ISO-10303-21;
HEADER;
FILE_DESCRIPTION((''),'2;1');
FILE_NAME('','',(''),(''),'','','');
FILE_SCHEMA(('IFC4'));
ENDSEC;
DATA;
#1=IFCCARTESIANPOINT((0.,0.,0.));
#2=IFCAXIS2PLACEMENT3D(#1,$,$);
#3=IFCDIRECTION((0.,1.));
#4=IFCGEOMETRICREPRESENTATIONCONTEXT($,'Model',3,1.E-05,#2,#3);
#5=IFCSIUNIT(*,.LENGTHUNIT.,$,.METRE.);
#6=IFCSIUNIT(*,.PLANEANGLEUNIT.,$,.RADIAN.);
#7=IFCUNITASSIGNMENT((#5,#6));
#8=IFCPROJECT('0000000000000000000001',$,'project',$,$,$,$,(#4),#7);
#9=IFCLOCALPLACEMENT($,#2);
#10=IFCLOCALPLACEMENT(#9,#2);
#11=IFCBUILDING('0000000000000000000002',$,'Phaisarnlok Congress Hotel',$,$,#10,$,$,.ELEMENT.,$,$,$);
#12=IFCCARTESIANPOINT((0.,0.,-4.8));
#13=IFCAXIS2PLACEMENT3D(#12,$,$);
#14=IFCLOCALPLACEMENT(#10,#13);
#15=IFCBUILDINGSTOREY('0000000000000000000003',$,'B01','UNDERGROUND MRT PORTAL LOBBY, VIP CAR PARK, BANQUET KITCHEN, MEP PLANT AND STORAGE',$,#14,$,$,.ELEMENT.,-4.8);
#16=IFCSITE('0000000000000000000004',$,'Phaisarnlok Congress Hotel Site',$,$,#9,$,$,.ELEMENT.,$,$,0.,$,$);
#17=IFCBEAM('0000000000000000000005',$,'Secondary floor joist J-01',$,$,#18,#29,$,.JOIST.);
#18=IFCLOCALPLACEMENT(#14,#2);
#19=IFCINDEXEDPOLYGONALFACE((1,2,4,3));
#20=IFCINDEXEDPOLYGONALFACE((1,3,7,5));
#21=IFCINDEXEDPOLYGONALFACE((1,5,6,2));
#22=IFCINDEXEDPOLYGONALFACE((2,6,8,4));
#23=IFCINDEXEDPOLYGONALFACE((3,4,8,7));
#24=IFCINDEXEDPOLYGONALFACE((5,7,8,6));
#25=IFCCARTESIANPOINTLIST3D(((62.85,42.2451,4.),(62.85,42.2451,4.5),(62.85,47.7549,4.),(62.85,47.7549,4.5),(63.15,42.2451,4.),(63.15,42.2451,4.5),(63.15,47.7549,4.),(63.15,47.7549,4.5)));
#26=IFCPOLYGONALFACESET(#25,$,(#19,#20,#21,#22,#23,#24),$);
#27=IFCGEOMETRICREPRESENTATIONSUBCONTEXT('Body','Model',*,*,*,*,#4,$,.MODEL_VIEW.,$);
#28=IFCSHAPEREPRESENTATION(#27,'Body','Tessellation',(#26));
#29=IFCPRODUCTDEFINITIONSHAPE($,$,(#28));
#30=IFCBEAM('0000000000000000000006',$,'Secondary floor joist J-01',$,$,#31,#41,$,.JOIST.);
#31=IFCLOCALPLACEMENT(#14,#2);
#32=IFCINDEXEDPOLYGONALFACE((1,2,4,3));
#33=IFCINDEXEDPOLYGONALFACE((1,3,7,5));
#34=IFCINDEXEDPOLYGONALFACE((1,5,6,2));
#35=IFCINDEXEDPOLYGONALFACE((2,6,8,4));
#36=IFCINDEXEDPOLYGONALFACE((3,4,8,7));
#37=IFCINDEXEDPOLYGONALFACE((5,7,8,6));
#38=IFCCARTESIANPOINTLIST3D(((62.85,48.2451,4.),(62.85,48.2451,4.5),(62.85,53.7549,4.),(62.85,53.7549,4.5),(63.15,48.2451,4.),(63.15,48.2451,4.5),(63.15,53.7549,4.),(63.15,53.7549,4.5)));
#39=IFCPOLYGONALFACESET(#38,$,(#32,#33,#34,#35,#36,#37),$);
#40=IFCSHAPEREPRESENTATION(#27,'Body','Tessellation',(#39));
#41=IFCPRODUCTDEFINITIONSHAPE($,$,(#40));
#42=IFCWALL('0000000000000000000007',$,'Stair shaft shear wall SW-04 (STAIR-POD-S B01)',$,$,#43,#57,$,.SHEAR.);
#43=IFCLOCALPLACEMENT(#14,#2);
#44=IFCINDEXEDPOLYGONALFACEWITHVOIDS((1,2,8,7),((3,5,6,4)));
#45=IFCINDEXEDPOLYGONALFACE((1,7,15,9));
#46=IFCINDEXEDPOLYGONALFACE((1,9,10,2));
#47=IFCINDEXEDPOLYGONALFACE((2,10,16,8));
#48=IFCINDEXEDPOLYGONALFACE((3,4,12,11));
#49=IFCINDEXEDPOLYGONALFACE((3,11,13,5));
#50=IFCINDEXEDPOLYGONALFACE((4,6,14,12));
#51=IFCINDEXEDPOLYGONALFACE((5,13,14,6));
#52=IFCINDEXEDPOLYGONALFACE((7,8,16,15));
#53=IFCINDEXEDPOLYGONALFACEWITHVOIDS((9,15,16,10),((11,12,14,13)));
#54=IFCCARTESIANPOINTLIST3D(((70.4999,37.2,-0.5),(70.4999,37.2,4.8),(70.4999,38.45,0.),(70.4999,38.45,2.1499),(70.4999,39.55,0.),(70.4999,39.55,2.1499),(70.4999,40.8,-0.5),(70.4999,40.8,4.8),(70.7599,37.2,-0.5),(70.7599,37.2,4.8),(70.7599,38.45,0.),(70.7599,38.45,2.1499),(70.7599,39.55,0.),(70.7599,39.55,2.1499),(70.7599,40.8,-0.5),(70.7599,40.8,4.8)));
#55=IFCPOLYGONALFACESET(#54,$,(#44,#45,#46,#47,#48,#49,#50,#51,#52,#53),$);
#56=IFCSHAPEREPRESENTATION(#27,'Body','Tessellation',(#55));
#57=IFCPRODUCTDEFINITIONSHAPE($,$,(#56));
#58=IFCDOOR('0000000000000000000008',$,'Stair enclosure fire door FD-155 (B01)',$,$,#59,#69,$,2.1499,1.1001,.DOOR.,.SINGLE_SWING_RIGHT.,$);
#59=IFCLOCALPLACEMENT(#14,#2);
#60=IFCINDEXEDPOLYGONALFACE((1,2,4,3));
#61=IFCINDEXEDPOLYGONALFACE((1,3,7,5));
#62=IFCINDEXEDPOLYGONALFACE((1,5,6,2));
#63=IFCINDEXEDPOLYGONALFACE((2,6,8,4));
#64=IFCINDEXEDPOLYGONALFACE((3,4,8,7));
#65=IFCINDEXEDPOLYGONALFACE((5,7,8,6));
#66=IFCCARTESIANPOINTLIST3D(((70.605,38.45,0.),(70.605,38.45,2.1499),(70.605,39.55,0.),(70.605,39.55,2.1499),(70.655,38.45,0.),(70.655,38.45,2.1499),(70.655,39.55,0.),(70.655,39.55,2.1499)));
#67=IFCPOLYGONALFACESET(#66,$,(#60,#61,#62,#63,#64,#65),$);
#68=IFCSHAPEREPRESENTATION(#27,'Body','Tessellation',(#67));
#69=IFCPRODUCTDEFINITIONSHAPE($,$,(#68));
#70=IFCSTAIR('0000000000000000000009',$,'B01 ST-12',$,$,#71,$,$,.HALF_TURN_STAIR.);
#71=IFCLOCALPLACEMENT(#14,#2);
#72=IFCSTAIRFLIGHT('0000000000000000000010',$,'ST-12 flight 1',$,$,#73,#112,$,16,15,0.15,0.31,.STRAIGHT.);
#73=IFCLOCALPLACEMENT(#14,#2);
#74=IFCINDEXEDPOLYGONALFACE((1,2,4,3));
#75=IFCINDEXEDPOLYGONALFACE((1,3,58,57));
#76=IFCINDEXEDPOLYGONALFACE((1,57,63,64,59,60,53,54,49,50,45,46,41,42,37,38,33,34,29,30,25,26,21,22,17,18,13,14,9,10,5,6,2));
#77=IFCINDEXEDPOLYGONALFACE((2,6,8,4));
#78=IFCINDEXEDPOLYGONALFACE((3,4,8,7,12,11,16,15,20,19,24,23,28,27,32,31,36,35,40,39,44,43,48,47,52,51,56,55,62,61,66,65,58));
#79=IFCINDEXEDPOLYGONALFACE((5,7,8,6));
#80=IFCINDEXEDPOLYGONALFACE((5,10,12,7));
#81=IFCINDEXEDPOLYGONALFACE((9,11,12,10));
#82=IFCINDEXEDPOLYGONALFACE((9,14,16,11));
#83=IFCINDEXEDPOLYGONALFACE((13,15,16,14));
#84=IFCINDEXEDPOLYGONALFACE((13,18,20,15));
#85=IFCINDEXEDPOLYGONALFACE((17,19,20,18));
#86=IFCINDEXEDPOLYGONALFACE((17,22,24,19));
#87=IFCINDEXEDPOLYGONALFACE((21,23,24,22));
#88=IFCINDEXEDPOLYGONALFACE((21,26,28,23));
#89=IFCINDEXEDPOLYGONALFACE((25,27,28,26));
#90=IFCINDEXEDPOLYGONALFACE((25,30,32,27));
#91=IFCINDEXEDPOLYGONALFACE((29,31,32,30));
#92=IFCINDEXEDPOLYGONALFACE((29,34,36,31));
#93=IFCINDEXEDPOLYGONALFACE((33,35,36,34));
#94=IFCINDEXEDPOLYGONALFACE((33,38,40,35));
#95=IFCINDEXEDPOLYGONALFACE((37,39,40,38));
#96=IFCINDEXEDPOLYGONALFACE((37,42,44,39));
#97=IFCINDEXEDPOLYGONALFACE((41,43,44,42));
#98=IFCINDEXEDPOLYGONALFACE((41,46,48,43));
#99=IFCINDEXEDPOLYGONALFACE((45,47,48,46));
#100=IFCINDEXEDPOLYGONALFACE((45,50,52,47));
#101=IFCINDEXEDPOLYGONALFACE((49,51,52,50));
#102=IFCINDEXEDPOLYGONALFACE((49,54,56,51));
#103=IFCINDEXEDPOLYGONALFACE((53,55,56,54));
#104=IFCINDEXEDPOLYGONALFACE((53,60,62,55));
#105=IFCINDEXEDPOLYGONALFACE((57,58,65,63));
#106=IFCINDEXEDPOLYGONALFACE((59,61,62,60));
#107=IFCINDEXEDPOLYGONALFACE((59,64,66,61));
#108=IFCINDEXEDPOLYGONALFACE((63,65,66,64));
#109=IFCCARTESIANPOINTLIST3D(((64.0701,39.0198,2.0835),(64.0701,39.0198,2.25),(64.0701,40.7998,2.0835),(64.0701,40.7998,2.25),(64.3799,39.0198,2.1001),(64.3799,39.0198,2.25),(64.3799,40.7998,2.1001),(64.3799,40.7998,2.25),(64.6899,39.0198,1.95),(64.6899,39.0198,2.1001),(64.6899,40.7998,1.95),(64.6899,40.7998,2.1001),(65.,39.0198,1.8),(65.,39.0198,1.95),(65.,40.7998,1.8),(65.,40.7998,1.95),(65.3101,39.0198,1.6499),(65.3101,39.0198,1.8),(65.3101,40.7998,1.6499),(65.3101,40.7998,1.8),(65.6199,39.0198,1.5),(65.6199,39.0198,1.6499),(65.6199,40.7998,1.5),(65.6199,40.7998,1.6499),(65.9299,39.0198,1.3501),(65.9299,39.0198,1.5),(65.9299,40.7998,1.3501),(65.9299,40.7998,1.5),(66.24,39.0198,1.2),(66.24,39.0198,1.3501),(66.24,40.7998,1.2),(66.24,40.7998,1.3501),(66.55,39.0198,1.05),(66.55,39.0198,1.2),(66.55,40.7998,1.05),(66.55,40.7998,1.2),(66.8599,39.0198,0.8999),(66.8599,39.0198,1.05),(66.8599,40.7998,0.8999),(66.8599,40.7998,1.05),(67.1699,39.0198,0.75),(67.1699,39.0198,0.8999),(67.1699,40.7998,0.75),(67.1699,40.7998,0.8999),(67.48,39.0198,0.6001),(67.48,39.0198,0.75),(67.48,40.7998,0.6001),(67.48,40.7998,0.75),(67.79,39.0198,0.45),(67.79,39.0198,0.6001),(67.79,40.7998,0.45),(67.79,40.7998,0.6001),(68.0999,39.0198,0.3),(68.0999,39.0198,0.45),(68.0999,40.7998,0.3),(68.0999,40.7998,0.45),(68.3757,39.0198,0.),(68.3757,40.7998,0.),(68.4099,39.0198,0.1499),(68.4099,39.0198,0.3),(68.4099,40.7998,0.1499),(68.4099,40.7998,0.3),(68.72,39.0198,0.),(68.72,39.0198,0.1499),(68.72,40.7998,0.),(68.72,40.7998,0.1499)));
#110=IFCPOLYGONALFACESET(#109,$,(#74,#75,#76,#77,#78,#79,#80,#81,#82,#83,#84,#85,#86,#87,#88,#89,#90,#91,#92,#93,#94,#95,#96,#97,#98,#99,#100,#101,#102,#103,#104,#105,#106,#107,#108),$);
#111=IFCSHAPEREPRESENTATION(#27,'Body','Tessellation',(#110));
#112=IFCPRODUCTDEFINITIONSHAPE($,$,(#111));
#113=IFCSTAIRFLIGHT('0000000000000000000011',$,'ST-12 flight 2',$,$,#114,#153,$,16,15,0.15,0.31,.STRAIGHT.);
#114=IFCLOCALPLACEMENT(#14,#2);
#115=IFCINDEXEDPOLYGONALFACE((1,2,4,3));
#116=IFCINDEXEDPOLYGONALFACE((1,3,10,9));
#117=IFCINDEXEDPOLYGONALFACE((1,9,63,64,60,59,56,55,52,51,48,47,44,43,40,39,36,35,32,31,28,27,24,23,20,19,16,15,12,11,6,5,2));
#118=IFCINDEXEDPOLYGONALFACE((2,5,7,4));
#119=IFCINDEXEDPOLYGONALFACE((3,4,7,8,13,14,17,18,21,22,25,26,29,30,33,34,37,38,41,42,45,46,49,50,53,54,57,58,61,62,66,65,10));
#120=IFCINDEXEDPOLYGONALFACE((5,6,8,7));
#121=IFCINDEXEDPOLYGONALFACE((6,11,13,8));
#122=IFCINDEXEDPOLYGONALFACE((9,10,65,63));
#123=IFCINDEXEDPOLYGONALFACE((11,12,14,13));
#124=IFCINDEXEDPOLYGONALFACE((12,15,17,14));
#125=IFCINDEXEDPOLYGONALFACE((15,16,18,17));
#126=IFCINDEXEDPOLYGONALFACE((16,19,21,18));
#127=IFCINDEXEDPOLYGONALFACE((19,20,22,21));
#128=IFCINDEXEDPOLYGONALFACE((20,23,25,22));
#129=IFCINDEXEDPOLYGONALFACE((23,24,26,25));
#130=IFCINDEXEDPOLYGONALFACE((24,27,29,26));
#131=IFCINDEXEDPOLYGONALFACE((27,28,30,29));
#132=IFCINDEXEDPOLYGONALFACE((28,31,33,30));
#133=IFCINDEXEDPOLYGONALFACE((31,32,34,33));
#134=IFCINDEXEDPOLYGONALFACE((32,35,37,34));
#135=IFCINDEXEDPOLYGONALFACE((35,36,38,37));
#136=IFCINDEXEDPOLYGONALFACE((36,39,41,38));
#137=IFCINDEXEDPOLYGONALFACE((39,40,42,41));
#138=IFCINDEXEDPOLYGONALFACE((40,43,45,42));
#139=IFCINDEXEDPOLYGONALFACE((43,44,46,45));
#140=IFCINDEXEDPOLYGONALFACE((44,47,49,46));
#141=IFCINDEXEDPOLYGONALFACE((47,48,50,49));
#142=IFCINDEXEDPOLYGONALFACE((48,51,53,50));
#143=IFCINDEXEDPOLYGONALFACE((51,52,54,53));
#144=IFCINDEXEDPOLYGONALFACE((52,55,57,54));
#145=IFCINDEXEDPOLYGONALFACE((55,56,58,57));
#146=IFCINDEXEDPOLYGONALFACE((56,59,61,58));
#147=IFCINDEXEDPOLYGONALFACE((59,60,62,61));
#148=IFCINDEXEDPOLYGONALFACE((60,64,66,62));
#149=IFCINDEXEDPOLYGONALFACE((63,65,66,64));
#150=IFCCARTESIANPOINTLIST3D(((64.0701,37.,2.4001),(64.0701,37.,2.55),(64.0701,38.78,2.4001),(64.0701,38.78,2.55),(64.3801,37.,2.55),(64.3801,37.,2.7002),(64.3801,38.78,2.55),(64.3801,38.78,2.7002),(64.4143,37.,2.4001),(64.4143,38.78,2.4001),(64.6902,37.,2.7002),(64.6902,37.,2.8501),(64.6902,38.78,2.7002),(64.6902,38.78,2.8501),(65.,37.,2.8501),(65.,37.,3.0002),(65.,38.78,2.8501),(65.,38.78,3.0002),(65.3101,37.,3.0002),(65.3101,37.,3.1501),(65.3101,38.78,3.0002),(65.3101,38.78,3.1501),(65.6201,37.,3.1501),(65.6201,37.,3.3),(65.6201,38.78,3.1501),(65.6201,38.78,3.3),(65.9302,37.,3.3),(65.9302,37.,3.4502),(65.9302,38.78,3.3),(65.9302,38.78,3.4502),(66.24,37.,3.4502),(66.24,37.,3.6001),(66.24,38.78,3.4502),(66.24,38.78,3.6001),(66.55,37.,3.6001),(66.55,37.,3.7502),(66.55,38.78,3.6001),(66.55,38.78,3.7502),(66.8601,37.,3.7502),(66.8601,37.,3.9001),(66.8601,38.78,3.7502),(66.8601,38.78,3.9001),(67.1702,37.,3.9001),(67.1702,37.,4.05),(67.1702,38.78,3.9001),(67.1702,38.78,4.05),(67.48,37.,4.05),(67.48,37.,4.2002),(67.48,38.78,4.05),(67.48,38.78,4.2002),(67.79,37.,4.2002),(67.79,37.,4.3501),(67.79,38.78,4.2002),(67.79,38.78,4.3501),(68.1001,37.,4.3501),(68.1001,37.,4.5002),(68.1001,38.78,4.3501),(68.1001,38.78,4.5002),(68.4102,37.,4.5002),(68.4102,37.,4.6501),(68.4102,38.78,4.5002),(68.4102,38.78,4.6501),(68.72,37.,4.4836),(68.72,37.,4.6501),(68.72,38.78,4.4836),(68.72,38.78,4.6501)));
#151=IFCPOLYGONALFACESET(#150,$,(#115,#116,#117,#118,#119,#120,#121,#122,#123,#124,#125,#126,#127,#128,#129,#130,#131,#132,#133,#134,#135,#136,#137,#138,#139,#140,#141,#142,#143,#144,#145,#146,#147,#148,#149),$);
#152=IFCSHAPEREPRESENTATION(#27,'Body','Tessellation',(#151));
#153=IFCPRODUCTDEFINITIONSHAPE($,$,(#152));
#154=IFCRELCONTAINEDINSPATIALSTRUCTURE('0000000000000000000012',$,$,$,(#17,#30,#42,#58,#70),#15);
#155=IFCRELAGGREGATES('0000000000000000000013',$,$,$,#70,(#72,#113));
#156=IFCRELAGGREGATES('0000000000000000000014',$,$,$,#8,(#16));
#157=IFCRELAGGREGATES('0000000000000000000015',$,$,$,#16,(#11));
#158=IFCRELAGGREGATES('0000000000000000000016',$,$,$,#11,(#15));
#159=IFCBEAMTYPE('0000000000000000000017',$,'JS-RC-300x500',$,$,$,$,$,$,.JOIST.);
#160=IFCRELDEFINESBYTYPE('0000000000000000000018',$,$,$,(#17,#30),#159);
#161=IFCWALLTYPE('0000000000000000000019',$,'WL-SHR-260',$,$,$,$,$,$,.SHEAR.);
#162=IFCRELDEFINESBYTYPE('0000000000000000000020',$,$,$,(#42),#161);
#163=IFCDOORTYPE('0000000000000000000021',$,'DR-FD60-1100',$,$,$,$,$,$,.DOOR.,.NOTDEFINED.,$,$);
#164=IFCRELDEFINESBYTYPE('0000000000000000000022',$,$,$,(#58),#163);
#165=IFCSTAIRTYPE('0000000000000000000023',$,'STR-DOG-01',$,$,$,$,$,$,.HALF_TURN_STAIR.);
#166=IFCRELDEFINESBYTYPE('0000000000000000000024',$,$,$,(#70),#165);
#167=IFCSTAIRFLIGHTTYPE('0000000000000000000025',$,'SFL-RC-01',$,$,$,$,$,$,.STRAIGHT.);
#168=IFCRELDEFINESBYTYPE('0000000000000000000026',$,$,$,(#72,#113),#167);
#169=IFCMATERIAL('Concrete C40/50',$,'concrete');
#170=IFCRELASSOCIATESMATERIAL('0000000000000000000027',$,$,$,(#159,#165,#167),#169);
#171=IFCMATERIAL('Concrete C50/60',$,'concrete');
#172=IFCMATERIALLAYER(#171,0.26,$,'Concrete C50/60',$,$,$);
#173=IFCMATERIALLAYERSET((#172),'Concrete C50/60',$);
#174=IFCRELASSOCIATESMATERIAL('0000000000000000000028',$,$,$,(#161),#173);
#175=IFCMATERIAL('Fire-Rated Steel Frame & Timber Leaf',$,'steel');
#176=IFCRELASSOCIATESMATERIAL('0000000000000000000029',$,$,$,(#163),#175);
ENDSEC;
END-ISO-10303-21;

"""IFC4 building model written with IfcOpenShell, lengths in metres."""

from ifc_helpers import new_model, si_unit, direction, frame, frame_2d, origin, origin_2d, place, context, subcontext, project, spatial, polyline, rectangle, outline, extrude, material, layer, layer_set, material_profile, profile_set, type_object, element, fill, aggregate, save


model = new_model("IFC4")

# Units and contexts
model_context = context("Model", 3, precision=1e-05, world=origin(), true_north=direction((0.0, 1.0)))
body_context = subcontext(model_context, "Body", "Model", "MODEL_VIEW")
ifc_project = project(units=[si_unit("LENGTHUNIT", "METRE"), si_unit("PLANEANGLEUNIT", "RADIAN")], contexts=[model_context])

# Site, building, storey
site_placement = place(None, origin())
site = spatial("IfcSite", under=ifc_project, at=site_placement, Name="Phaisarnlok Congress Hotel Site", CompositionType="ELEMENT", RefElevation=0.0)
building_placement = place(site_placement, origin())
building = spatial("IfcBuilding", under=site, at=building_placement, Name="Phaisarnlok Congress Hotel", CompositionType="ELEMENT")
storey_placement = place(building_placement, frame((0.0, 0.0, -4.8)))
storey = spatial("IfcBuildingStorey", under=building, at=storey_placement, Name="B01", Description="UNDERGROUND MRT PORTAL LOBBY, VIP CAR PARK, BANQUET KITCHEN, MEP PLANT AND STORAGE", CompositionType="ELEMENT", Elevation=-4.8)

# Shared definitions
ifc_material_1 = material(Name="Concrete C40/50", Category="concrete")

# Shared definitions
ifc_material_2 = material(Name="Concrete C50/60", Category="concrete")

# Beams
ifc_material_profile_1 = material_profile(ifc_material_1, rectangle(XDim=0.3, YDim=0.5, at=origin_2d()), Name="RC 300x500")
ifc_profile_set_1 = profile_set([ifc_material_profile_1], Name="Concrete C40/50")
beam_type_1 = type_object("IfcBeamType", Name="JS-RC-300x500", PredefinedType="JOIST", material=ifc_profile_set_1)
for number, where, z_axis, x_axis, name in (
    (1, (63.0, 42.2451, 4.25), (0.0, 1.0, 0.0), (-1.0, 0.0, 0.0), "Secondary floor joist J-01"),
    (2, (63.0, 48.2451, 4.25), (0.0, 1.0, 0.0), (-1.0, 0.0, 0.0), "Secondary floor joist J-01"),
):
    element("IfcBeam", number, at=place(storey_placement, frame(where, z_axis=z_axis, x_axis=x_axis)), inside=storey, type_object=beam_type_1, Name=name, PredefinedType="JOIST", context=body_context, shape_type="SweptSolid", body=[
        extrude(rectangle(XDim=0.3, YDim=0.5, at=origin_2d()), origin(), (0.0, 0.0, 1.0), 5.5098),
    ])

# Wall, opening, door
ifc_layer = layer(ifc_material_2, 0.26, Name="Concrete C50/60")
ifc_layer_set = layer_set([ifc_layer], Name="Concrete C50/60")
wall_type = type_object("IfcWallType", Name="WL-SHR-260", PredefinedType="SHEAR", material=ifc_layer_set)
wall_placement = place(storey_placement, frame((70.6299, 37.2, -0.5), z_axis=(0.0, 0.0, 1.0), x_axis=(0.0, 1.0, 0.0)))
wall = element("IfcWall", 3, at=wall_placement, inside=storey, type_object=wall_type, Name="Stair shaft shear wall SW-04 (STAIR-POD-S B01)", PredefinedType="SHEAR", context=body_context, shape_type="SweptSolid", body=[
    extrude(rectangle(XDim=3.6001, YDim=0.26, at=frame_2d((1.8, 0.0))), origin(), (0.0, 0.0, 1.0), 5.3),
])
opening_placement = place(wall_placement, frame((1.25, 0.0, 0.5)))
opening = element("IfcOpeningElement", 4, at=opening_placement, cuts=wall, PredefinedType="OPENING", context=body_context, shape_type="SweptSolid", body=[
    extrude(rectangle(XDim=1.1001, YDim=2.1499, at=frame_2d((0.55, 1.075))), frame((0.0, 0.1401, 0.0), z_axis=(0.0, -1.0, 0.0), x_axis=(1.0, 0.0, 0.0)), (0.0, 0.0, 1.0), 0.28),
])
ifc_material_3 = material(Name="Fire-Rated Steel Frame & Timber Leaf", Category="steel")
door_type = type_object("IfcDoorType", Name="DR-FD60-1100", OperationType="NOTDEFINED", PredefinedType="DOOR", material=ifc_material_3)
door_placement = place(opening_placement, origin())
door = element("IfcDoor", 5, at=door_placement, inside=storey, type_object=door_type, Name="Stair enclosure fire door FD-155 (B01)", OperationType="SINGLE_SWING_RIGHT", OverallHeight=2.1499, OverallWidth=1.1001, PredefinedType="DOOR", context=body_context, shape_type="SweptSolid", body=[
    extrude(rectangle(XDim=1.1001, YDim=2.1499, at=frame_2d((0.55, 1.075))), frame((0.0, 0.0249, 0.0), z_axis=(0.0, -1.0, 0.0), x_axis=(1.0, 0.0, 0.0)), (0.0, 0.0, 1.0), 0.05),
])
fill(opening, door)

# Stair, stair flights
stair_type = type_object("IfcStairType", Name="STR-DOG-01", PredefinedType="HALF_TURN_STAIR", material=ifc_material_1)
stair_placement = place(storey_placement, origin())
stair = element("IfcStair", 6, at=stair_placement, inside=storey, type_object=stair_type, Name="B01 ST-12", PredefinedType="HALF_TURN_STAIR")
stair_flight_type = type_object("IfcStairFlightType", Name="SFL-RC-01", PredefinedType="STRAIGHT", material=ifc_material_1)
stair_flight_1_placement = place(storey_placement, frame((68.72, 39.9099, 0.0), z_axis=(0.0, 0.0, 1.0), x_axis=(-1.0, 0.0, 0.0)))
stair_flight_1 = element("IfcStairFlight", 7, at=stair_flight_1_placement, type_object=stair_flight_type, Name="ST-12 flight 1", NumberOfRisers=16, NumberOfTreads=15, PredefinedType="STRAIGHT", RiserHeight=0.15, TreadLength=0.31, context=body_context, shape_type="SweptSolid", body=[
    extrude(outline(polyline([(0.0, 0.0), (0.0, 0.1499), (0.3101, 0.1499), (0.3101, 0.3), (0.6201, 0.3), (0.6201, 0.45), (0.9299, 0.45), (0.9299, 0.6001), (1.24, 0.6001), (1.24, 0.75), (1.55, 0.75), (1.55, 0.8999), (1.8601, 0.8999), (1.8601, 1.05), (2.1699, 1.05), (2.1699, 1.2), (2.48, 1.2), (2.48, 1.3501), (2.79, 1.3501), (2.79, 1.5), (3.1001, 1.5), (3.1001, 1.6499), (3.4099, 1.6499), (3.4099, 1.8), (3.72, 1.8), (3.72, 1.95), (4.03, 1.95), (4.03, 2.1001), (4.3401, 2.1001), (4.3401, 2.25), (4.6499, 2.25), (4.6499, 2.3999), (4.6499, 2.0835), (0.3442, 0.0), (0.0, 0.0)])), frame((0.0, 0.8901, 0.0), z_axis=(0.0, -1.0, 0.0), x_axis=(1.0, 0.0, 0.0)), (0.0, 0.0, 1.0), 1.78),
])
stair_flight_2_placement = place(storey_placement, frame((64.0701, 37.8899, 2.4001), z_axis=(0.0, 0.0, 1.0), x_axis=(1.0, 0.0, 0.0)))
stair_flight_2 = element("IfcStairFlight", 8, at=stair_flight_2_placement, type_object=stair_flight_type, Name="ST-12 flight 2", NumberOfRisers=16, NumberOfTreads=15, PredefinedType="STRAIGHT", RiserHeight=0.15, TreadLength=0.31, context=body_context, shape_type="SweptSolid", body=[
    extrude(outline(polyline([(0.0, 0.0), (0.0, 0.1499), (0.3101, 0.1499), (0.3101, 0.3), (0.6201, 0.3), (0.6201, 0.45), (0.9299, 0.45), (0.9299, 0.6001), (1.24, 0.6001), (1.24, 0.75), (1.55, 0.75), (1.55, 0.8999), (1.8601, 0.8999), (1.8601, 1.05), (2.1699, 1.05), (2.1699, 1.2), (2.48, 1.2), (2.48, 1.3501), (2.79, 1.3501), (2.79, 1.5), (3.1001, 1.5), (3.1001, 1.6499), (3.4099, 1.6499), (3.4099, 1.8), (3.72, 1.8), (3.72, 1.95), (4.03, 1.95), (4.03, 2.1001), (4.3401, 2.1001), (4.3401, 2.25), (4.6499, 2.25), (4.6499, 2.3999), (4.6499, 2.0835), (0.3442, 0.0), (0.0, 0.0)])), frame((0.0, 0.8901, 0.0), z_axis=(0.0, -1.0, 0.0), x_axis=(1.0, 0.0, 0.0)), (0.0, 0.0, 1.0), 1.78),
])
aggregate(stair, [stair_flight_1, stair_flight_2])

save(model, "model.ifc")
